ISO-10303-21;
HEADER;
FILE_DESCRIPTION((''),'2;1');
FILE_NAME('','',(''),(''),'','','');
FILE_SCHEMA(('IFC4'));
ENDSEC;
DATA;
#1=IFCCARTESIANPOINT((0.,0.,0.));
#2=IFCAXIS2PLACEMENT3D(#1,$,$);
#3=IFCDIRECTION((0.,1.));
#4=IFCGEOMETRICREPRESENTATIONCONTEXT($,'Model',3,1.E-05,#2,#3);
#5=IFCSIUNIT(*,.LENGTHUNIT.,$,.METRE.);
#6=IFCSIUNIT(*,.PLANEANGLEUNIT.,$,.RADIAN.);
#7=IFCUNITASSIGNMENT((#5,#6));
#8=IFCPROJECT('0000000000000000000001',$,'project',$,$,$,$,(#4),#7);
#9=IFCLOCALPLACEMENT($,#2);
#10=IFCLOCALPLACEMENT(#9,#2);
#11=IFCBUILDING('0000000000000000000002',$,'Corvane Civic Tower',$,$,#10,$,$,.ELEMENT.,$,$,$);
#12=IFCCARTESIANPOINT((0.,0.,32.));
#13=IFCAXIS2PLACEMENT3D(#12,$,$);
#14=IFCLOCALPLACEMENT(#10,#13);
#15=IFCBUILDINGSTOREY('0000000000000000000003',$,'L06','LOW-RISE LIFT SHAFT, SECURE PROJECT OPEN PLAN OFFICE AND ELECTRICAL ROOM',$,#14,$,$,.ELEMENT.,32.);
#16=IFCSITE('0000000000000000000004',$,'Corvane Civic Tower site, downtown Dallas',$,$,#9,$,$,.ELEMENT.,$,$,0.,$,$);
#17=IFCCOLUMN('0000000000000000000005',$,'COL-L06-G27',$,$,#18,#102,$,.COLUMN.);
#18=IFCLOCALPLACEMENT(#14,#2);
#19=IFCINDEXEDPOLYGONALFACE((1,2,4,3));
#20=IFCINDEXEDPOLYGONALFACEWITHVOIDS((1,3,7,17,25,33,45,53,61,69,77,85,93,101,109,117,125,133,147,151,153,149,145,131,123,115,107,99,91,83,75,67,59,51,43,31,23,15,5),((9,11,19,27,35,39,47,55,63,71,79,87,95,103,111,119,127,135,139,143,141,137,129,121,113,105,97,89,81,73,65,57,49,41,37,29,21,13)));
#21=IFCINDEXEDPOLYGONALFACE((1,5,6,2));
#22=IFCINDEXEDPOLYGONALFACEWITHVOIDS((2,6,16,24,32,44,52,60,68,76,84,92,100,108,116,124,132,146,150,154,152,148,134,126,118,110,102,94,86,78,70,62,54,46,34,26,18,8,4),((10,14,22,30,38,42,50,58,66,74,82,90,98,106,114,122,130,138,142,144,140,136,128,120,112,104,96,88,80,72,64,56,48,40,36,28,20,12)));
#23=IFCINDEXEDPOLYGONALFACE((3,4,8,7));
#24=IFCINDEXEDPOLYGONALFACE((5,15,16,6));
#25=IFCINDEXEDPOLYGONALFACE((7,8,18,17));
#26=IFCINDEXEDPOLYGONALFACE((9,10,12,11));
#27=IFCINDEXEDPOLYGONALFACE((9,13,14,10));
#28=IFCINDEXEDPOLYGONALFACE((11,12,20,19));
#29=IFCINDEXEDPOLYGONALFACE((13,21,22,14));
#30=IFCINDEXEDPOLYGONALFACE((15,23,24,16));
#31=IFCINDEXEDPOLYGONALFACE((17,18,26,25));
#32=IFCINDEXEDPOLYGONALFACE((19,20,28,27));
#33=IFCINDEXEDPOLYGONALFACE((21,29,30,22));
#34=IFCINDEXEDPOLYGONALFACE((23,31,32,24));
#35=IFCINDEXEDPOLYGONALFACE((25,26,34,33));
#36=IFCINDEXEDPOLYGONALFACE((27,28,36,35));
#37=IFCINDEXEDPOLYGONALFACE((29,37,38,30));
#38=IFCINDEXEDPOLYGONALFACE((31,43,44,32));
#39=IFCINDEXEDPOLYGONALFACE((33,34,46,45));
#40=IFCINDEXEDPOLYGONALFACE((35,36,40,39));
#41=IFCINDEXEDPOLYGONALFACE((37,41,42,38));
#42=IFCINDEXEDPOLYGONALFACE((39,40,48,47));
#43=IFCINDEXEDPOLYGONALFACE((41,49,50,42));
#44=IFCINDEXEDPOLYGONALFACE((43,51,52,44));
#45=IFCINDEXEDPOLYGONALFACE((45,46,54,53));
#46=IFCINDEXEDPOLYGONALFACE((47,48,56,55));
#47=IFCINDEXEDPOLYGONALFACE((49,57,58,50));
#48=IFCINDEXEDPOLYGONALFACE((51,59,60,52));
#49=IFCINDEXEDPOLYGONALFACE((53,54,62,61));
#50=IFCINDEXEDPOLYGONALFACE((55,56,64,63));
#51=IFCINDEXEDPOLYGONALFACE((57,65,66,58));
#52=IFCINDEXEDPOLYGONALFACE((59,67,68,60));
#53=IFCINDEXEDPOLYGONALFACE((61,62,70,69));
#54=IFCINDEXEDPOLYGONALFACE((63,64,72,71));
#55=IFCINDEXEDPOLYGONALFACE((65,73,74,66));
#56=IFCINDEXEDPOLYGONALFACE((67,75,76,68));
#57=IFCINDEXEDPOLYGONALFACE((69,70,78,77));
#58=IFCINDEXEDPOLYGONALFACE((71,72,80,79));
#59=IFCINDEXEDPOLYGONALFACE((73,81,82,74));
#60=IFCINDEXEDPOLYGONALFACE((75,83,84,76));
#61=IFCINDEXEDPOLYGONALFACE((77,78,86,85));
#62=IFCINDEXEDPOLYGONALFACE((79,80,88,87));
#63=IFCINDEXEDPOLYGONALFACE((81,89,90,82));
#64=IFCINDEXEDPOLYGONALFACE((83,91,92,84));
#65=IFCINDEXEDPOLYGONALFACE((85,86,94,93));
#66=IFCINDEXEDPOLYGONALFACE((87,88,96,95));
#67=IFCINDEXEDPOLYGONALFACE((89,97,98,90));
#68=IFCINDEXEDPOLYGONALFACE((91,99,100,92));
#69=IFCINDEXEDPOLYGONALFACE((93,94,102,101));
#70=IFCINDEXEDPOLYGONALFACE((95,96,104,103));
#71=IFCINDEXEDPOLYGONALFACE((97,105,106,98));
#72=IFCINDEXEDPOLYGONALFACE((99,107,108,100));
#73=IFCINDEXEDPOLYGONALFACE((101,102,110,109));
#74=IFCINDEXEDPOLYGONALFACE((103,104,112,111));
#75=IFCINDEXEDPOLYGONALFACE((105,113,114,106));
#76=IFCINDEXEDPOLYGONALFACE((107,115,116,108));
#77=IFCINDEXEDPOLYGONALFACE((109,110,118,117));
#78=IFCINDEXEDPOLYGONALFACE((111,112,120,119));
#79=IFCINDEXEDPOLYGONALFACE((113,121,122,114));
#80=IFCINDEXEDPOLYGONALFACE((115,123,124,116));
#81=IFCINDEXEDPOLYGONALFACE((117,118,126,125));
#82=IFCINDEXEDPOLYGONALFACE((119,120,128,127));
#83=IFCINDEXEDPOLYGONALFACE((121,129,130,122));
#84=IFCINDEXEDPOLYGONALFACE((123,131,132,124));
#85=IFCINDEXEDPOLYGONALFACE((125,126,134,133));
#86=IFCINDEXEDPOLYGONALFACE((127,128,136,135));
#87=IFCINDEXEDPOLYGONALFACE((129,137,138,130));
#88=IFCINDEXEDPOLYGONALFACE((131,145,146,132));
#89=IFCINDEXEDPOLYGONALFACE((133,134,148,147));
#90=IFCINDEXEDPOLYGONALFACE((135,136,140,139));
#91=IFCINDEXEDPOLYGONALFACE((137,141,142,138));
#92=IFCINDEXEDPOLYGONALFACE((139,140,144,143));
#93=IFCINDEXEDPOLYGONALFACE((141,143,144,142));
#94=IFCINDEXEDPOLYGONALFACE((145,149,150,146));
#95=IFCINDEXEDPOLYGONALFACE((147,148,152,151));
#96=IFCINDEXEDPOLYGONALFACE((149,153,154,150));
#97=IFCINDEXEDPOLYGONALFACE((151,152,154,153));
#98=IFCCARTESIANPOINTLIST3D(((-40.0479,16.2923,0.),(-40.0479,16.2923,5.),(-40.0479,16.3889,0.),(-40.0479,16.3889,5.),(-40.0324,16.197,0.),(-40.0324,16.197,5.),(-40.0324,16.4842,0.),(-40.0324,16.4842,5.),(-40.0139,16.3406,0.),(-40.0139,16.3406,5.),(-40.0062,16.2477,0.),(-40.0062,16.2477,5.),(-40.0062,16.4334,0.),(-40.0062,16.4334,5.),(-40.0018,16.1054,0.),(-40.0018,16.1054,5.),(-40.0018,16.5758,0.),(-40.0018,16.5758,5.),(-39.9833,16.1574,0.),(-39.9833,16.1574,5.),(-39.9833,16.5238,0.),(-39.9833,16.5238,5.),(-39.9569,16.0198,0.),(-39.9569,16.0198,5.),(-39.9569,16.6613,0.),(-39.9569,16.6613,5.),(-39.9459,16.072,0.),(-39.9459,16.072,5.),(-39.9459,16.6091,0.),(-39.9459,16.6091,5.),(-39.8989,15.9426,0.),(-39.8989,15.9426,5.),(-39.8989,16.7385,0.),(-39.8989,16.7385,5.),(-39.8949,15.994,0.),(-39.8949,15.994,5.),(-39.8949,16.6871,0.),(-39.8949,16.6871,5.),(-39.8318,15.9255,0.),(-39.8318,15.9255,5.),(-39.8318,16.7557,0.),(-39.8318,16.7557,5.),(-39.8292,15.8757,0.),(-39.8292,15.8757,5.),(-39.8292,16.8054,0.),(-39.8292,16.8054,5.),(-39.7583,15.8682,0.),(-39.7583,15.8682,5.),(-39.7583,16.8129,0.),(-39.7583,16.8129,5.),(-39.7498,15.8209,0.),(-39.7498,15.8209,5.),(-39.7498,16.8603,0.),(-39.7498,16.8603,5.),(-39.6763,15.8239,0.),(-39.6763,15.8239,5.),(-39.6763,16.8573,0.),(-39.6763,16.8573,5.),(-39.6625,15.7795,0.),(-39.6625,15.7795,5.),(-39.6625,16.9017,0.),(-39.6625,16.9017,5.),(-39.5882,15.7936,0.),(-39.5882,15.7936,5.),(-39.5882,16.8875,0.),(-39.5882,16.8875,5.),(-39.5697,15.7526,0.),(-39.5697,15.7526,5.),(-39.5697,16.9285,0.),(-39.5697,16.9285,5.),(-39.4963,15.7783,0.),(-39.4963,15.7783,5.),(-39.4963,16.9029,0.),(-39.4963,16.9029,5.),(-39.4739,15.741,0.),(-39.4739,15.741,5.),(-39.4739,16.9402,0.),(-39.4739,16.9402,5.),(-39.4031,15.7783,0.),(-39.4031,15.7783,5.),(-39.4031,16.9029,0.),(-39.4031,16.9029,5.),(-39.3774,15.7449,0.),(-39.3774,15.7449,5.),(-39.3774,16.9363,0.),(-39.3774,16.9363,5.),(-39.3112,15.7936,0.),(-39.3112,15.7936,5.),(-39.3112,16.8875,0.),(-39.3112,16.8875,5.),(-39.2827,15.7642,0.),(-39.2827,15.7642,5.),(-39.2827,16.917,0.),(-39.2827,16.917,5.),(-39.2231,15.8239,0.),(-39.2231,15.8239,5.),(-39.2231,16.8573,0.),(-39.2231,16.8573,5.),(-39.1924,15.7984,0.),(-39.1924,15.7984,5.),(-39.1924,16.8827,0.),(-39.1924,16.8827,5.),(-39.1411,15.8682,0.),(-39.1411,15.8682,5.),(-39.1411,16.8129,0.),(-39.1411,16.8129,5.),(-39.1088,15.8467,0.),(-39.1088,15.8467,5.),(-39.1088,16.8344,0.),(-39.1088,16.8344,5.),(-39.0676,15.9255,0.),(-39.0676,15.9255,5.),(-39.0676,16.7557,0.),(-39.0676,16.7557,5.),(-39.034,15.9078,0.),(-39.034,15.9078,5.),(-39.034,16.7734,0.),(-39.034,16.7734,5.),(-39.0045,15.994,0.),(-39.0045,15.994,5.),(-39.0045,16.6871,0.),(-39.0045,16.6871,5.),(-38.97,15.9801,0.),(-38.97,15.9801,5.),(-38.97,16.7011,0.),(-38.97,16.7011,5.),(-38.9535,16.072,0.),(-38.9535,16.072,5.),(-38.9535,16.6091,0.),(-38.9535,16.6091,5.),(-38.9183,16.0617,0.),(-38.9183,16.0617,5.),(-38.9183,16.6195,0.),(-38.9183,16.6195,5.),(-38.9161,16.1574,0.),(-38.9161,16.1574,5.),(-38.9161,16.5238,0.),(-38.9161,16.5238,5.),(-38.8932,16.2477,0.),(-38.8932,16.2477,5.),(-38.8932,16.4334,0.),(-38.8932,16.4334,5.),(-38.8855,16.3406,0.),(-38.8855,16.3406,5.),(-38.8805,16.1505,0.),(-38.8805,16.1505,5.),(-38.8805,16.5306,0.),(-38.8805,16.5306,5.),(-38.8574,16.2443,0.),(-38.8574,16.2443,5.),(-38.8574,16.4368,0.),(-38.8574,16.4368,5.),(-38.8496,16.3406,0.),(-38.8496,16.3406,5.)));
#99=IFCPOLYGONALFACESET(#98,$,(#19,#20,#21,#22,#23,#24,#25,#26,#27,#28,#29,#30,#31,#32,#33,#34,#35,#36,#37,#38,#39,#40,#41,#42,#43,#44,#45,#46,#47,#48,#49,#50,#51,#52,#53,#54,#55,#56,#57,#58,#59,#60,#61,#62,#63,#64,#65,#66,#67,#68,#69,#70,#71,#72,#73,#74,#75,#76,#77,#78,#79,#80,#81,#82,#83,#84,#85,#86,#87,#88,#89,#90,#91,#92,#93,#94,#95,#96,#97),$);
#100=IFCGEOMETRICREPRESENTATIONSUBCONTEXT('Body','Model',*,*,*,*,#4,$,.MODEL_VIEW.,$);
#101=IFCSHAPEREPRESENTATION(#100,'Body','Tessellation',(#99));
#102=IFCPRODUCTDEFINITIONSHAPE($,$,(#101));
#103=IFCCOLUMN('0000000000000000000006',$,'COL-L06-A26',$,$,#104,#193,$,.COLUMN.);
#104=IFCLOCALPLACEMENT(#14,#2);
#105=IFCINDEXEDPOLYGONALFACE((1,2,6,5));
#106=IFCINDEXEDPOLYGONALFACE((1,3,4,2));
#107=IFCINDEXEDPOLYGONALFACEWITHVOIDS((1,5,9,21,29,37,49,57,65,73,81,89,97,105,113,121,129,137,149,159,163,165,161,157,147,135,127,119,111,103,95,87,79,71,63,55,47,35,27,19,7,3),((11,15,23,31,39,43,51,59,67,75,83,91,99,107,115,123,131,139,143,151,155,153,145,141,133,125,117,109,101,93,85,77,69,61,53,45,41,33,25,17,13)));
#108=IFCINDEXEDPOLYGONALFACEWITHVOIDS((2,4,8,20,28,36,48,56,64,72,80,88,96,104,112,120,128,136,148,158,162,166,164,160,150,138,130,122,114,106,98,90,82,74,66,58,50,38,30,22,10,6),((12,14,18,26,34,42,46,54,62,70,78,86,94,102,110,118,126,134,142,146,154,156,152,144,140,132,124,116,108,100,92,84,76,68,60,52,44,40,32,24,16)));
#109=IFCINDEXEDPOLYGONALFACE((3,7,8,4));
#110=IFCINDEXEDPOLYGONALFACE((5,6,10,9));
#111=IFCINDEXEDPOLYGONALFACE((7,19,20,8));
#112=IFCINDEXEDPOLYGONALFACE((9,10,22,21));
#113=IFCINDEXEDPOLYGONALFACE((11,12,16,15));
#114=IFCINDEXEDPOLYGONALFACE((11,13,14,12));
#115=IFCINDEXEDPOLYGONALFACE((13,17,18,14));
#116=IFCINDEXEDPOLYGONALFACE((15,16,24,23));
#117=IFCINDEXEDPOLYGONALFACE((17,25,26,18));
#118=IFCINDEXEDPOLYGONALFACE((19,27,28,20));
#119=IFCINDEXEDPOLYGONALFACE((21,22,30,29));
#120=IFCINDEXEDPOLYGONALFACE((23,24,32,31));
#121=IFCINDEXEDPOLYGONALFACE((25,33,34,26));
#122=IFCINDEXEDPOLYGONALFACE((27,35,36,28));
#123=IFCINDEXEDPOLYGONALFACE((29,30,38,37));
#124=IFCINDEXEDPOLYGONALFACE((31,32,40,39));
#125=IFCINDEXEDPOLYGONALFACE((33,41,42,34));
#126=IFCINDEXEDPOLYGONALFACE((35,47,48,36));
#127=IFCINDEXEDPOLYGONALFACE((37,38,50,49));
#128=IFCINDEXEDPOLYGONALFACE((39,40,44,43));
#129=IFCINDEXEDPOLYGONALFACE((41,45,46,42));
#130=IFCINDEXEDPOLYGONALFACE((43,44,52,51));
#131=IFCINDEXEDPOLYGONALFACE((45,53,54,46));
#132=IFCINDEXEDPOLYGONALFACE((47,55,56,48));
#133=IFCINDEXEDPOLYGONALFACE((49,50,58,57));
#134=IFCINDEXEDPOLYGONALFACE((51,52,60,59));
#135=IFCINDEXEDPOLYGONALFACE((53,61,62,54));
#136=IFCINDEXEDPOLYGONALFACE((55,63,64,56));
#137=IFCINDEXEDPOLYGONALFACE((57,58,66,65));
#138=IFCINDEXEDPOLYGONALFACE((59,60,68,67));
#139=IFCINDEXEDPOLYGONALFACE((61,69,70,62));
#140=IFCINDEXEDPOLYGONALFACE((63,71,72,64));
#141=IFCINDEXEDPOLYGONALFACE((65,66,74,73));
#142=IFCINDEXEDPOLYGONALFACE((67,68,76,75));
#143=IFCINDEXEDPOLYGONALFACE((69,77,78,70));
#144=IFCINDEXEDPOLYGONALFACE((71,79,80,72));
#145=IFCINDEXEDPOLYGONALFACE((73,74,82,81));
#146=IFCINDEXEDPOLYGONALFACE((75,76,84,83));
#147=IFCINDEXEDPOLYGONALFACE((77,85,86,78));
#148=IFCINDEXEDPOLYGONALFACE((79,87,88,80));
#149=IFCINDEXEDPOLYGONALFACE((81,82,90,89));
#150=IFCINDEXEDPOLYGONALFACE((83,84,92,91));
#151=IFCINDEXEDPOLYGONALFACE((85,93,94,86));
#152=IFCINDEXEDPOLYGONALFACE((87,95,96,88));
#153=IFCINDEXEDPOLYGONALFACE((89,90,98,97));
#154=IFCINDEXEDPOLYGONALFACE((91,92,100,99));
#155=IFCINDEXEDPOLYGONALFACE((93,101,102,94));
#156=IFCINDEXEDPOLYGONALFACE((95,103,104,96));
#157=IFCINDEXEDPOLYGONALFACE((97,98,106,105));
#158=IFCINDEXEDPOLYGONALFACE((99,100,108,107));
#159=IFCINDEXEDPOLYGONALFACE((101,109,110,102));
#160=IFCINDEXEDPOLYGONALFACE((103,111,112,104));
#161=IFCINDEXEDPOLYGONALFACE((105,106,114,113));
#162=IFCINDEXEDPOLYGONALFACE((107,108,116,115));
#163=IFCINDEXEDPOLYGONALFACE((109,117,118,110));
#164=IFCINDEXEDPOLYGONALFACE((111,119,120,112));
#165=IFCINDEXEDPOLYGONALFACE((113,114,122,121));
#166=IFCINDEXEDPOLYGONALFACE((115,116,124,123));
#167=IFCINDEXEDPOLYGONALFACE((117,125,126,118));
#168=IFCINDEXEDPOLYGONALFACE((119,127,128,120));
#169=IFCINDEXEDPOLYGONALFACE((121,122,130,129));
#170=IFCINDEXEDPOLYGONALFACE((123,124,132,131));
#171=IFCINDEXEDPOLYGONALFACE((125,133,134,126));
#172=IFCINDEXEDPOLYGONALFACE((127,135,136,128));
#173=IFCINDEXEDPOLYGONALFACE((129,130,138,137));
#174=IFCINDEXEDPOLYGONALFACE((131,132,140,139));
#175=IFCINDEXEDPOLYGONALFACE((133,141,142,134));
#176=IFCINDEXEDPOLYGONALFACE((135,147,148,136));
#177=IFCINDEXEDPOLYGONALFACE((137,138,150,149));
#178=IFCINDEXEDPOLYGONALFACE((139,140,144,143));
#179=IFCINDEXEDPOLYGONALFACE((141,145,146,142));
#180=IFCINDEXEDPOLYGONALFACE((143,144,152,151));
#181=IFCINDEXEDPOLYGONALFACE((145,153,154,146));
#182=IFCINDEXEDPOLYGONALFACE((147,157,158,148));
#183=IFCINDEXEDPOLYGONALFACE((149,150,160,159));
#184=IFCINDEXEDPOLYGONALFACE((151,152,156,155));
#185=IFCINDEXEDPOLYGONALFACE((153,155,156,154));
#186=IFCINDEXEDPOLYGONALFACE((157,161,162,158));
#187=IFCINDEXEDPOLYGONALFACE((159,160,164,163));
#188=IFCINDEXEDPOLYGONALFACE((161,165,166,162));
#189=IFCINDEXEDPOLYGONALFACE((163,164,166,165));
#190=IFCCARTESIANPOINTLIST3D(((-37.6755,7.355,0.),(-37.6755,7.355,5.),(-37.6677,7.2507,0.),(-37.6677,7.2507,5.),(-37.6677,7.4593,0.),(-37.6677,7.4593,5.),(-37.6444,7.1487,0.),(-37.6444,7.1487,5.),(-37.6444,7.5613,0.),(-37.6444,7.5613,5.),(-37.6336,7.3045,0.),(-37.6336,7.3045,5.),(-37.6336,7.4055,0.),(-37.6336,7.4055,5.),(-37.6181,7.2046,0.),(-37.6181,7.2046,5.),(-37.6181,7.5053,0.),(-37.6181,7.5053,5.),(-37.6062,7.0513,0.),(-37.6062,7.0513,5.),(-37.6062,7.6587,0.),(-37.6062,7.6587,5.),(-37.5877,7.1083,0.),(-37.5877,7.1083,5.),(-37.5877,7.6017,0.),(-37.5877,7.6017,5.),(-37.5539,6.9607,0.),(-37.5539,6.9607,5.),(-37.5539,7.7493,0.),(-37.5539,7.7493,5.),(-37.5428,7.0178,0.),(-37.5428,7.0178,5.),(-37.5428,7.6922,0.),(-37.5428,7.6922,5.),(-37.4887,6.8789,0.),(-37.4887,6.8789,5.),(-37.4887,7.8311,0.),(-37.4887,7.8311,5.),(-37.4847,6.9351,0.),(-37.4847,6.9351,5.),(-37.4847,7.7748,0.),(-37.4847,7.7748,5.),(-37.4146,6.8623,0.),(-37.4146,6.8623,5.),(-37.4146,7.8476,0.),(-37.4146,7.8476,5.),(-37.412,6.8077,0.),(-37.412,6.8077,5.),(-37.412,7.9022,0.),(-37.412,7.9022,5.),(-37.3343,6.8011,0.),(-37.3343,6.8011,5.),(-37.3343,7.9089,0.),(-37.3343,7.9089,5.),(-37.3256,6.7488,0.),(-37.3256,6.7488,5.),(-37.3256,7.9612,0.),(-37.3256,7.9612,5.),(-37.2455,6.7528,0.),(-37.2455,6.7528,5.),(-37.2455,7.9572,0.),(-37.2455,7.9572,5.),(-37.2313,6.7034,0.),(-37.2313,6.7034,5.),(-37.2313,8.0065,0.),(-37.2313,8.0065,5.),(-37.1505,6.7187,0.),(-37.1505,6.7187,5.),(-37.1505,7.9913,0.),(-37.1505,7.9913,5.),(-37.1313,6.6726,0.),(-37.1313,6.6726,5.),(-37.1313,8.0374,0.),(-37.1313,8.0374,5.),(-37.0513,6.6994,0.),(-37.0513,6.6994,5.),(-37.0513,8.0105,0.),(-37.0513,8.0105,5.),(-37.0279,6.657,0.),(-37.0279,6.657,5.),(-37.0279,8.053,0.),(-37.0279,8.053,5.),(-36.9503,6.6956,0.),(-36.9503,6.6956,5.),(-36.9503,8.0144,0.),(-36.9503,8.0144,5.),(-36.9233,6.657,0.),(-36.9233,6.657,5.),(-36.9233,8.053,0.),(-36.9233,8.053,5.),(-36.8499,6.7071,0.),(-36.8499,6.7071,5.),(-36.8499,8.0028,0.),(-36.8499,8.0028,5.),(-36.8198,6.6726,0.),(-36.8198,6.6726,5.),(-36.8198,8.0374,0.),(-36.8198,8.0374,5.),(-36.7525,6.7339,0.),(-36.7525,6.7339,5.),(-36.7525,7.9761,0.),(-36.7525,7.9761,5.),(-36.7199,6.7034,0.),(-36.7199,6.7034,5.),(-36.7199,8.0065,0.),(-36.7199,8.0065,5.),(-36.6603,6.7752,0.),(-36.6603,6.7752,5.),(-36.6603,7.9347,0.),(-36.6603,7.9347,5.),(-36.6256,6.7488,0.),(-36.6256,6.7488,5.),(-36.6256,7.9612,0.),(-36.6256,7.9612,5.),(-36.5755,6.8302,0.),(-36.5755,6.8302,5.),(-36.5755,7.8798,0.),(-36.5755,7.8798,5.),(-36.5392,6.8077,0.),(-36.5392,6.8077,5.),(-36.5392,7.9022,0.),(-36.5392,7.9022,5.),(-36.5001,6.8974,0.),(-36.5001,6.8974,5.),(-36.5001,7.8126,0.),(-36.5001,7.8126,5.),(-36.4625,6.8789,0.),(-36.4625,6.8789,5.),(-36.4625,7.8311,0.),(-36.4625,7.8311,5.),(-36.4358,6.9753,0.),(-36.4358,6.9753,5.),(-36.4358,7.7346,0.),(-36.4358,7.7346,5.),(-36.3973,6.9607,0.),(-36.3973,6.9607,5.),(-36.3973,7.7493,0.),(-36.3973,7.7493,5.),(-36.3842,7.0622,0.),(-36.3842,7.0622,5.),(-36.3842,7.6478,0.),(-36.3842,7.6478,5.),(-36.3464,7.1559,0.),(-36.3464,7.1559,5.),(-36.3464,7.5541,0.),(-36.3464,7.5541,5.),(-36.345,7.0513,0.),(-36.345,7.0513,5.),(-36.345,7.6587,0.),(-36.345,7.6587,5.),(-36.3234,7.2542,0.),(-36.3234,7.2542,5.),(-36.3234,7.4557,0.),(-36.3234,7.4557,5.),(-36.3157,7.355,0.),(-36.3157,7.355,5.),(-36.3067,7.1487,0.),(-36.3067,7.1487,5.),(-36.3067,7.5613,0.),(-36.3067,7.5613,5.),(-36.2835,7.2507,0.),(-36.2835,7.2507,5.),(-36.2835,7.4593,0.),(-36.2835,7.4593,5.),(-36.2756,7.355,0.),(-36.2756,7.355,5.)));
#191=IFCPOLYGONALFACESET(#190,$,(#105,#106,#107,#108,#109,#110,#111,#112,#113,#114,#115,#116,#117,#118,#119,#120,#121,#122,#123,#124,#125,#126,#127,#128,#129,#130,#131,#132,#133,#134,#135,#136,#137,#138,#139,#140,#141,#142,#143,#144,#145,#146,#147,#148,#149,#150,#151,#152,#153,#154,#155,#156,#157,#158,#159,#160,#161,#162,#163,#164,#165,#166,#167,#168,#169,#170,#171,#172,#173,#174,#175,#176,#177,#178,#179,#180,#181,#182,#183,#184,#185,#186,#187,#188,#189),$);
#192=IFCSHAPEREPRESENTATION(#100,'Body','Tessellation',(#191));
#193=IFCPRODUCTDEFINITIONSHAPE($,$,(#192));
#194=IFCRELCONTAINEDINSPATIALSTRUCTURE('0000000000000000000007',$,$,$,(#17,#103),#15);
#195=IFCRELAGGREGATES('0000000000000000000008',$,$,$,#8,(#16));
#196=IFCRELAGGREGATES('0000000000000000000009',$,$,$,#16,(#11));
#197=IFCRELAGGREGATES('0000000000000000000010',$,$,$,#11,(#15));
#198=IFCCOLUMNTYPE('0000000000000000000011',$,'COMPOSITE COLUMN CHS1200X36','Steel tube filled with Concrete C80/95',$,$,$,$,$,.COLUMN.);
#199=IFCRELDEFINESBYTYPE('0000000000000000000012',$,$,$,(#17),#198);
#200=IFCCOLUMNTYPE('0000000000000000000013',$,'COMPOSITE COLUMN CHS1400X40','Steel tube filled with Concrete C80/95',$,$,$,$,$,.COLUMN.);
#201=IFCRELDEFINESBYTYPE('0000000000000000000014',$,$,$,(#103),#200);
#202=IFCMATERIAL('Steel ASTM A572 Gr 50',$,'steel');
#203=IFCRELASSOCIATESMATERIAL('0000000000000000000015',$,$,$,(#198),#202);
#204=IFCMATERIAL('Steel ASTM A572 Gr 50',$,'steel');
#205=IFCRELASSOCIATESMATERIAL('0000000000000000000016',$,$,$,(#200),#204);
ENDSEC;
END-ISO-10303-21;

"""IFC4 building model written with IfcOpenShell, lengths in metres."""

from ifc_helpers import new_model, si_unit, direction, frame, origin, origin_2d, place, context, subcontext, project, spatial, hollow_circle, extrude, material, material_profile, profile_set, type_object, element, save


model = new_model("IFC4")

# Units and contexts
model_context = context("Model", 3, precision=1e-05, world=origin(), true_north=direction((0.0, 1.0)))
body_context = subcontext(model_context, "Body", "Model", "MODEL_VIEW")
ifc_project = project(units=[si_unit("LENGTHUNIT", "METRE"), si_unit("PLANEANGLEUNIT", "RADIAN")], contexts=[model_context])

# Site, building, storey
site_placement = place(None, origin())
site = spatial("IfcSite", under=ifc_project, at=site_placement, Name="Corvane Civic Tower site, downtown Dallas", CompositionType="ELEMENT", RefElevation=0.0)
building_placement = place(site_placement, origin())
building = spatial("IfcBuilding", under=site, at=building_placement, Name="Corvane Civic Tower", CompositionType="ELEMENT")
storey_placement = place(building_placement, frame((0.0, 0.0, 32.0)))
storey = spatial("IfcBuildingStorey", under=building, at=storey_placement, Name="L06", Description="LOW-RISE LIFT SHAFT, SECURE PROJECT OPEN PLAN OFFICE AND ELECTRICAL ROOM", CompositionType="ELEMENT", Elevation=32.0)

# Columns
ifc_material_1 = material(Name="Steel ASTM A572 Gr 50", Category="steel")
ifc_material_profile_1 = material_profile(ifc_material_1, hollow_circle(Radius=0.6001, WallThickness=0.0359, at=origin_2d()), Name="CHS1200X36")
ifc_profile_set_1 = profile_set([ifc_material_profile_1], Name="Steel ASTM A572 Gr 50")
column_type_1 = type_object("IfcColumnType", Name="COMPOSITE COLUMN CHS1200X36", Description="Steel tube filled with Concrete C80/95", PredefinedType="COLUMN", material=ifc_profile_set_1)
column_placement = place(storey_placement, frame((-39.4497, 16.3406, 0.0), z_axis=(0.0, 0.0, 1.0), x_axis=(1.0, 0.0, 0.0)))
element("IfcColumn", 1, at=column_placement, inside=storey, type_object=column_type_1, Name="COL-L06-G27", PredefinedType="COLUMN", context=body_context, shape_type="SweptSolid", body=[
    extrude(hollow_circle(Radius=0.6001, WallThickness=0.0359, at=origin_2d()), origin(), (0.0, 0.0, 1.0), 5.0),
])
ifc_material_2 = material(Name="Steel ASTM A572 Gr 50", Category="steel")
ifc_material_profile_2 = material_profile(ifc_material_2, hollow_circle(Radius=0.7, WallThickness=0.04, at=origin_2d()), Name="CHS1400X40")
ifc_profile_set_2 = profile_set([ifc_material_profile_2], Name="Steel ASTM A572 Gr 50")
column_type_2 = type_object("IfcColumnType", Name="COMPOSITE COLUMN CHS1400X40", Description="Steel tube filled with Concrete C80/95", PredefinedType="COLUMN", material=ifc_profile_set_2)
for number, where, z_axis, x_axis, name in (
    (2, (-36.9756, 7.355, 0.0), (0.0, 0.0, 1.0), (1.0, 0.0, 0.0), "COL-L06-A26"),
):
    element("IfcColumn", number, at=place(storey_placement, frame(where, z_axis=z_axis, x_axis=x_axis)), inside=storey, type_object=column_type_2, Name=name, PredefinedType="COLUMN", context=body_context, shape_type="SweptSolid", body=[
        extrude(hollow_circle(Radius=0.7, WallThickness=0.04, at=origin_2d()), origin(), (0.0, 0.0, 1.0), 5.0),
    ])

save(model, "model.ifc")
